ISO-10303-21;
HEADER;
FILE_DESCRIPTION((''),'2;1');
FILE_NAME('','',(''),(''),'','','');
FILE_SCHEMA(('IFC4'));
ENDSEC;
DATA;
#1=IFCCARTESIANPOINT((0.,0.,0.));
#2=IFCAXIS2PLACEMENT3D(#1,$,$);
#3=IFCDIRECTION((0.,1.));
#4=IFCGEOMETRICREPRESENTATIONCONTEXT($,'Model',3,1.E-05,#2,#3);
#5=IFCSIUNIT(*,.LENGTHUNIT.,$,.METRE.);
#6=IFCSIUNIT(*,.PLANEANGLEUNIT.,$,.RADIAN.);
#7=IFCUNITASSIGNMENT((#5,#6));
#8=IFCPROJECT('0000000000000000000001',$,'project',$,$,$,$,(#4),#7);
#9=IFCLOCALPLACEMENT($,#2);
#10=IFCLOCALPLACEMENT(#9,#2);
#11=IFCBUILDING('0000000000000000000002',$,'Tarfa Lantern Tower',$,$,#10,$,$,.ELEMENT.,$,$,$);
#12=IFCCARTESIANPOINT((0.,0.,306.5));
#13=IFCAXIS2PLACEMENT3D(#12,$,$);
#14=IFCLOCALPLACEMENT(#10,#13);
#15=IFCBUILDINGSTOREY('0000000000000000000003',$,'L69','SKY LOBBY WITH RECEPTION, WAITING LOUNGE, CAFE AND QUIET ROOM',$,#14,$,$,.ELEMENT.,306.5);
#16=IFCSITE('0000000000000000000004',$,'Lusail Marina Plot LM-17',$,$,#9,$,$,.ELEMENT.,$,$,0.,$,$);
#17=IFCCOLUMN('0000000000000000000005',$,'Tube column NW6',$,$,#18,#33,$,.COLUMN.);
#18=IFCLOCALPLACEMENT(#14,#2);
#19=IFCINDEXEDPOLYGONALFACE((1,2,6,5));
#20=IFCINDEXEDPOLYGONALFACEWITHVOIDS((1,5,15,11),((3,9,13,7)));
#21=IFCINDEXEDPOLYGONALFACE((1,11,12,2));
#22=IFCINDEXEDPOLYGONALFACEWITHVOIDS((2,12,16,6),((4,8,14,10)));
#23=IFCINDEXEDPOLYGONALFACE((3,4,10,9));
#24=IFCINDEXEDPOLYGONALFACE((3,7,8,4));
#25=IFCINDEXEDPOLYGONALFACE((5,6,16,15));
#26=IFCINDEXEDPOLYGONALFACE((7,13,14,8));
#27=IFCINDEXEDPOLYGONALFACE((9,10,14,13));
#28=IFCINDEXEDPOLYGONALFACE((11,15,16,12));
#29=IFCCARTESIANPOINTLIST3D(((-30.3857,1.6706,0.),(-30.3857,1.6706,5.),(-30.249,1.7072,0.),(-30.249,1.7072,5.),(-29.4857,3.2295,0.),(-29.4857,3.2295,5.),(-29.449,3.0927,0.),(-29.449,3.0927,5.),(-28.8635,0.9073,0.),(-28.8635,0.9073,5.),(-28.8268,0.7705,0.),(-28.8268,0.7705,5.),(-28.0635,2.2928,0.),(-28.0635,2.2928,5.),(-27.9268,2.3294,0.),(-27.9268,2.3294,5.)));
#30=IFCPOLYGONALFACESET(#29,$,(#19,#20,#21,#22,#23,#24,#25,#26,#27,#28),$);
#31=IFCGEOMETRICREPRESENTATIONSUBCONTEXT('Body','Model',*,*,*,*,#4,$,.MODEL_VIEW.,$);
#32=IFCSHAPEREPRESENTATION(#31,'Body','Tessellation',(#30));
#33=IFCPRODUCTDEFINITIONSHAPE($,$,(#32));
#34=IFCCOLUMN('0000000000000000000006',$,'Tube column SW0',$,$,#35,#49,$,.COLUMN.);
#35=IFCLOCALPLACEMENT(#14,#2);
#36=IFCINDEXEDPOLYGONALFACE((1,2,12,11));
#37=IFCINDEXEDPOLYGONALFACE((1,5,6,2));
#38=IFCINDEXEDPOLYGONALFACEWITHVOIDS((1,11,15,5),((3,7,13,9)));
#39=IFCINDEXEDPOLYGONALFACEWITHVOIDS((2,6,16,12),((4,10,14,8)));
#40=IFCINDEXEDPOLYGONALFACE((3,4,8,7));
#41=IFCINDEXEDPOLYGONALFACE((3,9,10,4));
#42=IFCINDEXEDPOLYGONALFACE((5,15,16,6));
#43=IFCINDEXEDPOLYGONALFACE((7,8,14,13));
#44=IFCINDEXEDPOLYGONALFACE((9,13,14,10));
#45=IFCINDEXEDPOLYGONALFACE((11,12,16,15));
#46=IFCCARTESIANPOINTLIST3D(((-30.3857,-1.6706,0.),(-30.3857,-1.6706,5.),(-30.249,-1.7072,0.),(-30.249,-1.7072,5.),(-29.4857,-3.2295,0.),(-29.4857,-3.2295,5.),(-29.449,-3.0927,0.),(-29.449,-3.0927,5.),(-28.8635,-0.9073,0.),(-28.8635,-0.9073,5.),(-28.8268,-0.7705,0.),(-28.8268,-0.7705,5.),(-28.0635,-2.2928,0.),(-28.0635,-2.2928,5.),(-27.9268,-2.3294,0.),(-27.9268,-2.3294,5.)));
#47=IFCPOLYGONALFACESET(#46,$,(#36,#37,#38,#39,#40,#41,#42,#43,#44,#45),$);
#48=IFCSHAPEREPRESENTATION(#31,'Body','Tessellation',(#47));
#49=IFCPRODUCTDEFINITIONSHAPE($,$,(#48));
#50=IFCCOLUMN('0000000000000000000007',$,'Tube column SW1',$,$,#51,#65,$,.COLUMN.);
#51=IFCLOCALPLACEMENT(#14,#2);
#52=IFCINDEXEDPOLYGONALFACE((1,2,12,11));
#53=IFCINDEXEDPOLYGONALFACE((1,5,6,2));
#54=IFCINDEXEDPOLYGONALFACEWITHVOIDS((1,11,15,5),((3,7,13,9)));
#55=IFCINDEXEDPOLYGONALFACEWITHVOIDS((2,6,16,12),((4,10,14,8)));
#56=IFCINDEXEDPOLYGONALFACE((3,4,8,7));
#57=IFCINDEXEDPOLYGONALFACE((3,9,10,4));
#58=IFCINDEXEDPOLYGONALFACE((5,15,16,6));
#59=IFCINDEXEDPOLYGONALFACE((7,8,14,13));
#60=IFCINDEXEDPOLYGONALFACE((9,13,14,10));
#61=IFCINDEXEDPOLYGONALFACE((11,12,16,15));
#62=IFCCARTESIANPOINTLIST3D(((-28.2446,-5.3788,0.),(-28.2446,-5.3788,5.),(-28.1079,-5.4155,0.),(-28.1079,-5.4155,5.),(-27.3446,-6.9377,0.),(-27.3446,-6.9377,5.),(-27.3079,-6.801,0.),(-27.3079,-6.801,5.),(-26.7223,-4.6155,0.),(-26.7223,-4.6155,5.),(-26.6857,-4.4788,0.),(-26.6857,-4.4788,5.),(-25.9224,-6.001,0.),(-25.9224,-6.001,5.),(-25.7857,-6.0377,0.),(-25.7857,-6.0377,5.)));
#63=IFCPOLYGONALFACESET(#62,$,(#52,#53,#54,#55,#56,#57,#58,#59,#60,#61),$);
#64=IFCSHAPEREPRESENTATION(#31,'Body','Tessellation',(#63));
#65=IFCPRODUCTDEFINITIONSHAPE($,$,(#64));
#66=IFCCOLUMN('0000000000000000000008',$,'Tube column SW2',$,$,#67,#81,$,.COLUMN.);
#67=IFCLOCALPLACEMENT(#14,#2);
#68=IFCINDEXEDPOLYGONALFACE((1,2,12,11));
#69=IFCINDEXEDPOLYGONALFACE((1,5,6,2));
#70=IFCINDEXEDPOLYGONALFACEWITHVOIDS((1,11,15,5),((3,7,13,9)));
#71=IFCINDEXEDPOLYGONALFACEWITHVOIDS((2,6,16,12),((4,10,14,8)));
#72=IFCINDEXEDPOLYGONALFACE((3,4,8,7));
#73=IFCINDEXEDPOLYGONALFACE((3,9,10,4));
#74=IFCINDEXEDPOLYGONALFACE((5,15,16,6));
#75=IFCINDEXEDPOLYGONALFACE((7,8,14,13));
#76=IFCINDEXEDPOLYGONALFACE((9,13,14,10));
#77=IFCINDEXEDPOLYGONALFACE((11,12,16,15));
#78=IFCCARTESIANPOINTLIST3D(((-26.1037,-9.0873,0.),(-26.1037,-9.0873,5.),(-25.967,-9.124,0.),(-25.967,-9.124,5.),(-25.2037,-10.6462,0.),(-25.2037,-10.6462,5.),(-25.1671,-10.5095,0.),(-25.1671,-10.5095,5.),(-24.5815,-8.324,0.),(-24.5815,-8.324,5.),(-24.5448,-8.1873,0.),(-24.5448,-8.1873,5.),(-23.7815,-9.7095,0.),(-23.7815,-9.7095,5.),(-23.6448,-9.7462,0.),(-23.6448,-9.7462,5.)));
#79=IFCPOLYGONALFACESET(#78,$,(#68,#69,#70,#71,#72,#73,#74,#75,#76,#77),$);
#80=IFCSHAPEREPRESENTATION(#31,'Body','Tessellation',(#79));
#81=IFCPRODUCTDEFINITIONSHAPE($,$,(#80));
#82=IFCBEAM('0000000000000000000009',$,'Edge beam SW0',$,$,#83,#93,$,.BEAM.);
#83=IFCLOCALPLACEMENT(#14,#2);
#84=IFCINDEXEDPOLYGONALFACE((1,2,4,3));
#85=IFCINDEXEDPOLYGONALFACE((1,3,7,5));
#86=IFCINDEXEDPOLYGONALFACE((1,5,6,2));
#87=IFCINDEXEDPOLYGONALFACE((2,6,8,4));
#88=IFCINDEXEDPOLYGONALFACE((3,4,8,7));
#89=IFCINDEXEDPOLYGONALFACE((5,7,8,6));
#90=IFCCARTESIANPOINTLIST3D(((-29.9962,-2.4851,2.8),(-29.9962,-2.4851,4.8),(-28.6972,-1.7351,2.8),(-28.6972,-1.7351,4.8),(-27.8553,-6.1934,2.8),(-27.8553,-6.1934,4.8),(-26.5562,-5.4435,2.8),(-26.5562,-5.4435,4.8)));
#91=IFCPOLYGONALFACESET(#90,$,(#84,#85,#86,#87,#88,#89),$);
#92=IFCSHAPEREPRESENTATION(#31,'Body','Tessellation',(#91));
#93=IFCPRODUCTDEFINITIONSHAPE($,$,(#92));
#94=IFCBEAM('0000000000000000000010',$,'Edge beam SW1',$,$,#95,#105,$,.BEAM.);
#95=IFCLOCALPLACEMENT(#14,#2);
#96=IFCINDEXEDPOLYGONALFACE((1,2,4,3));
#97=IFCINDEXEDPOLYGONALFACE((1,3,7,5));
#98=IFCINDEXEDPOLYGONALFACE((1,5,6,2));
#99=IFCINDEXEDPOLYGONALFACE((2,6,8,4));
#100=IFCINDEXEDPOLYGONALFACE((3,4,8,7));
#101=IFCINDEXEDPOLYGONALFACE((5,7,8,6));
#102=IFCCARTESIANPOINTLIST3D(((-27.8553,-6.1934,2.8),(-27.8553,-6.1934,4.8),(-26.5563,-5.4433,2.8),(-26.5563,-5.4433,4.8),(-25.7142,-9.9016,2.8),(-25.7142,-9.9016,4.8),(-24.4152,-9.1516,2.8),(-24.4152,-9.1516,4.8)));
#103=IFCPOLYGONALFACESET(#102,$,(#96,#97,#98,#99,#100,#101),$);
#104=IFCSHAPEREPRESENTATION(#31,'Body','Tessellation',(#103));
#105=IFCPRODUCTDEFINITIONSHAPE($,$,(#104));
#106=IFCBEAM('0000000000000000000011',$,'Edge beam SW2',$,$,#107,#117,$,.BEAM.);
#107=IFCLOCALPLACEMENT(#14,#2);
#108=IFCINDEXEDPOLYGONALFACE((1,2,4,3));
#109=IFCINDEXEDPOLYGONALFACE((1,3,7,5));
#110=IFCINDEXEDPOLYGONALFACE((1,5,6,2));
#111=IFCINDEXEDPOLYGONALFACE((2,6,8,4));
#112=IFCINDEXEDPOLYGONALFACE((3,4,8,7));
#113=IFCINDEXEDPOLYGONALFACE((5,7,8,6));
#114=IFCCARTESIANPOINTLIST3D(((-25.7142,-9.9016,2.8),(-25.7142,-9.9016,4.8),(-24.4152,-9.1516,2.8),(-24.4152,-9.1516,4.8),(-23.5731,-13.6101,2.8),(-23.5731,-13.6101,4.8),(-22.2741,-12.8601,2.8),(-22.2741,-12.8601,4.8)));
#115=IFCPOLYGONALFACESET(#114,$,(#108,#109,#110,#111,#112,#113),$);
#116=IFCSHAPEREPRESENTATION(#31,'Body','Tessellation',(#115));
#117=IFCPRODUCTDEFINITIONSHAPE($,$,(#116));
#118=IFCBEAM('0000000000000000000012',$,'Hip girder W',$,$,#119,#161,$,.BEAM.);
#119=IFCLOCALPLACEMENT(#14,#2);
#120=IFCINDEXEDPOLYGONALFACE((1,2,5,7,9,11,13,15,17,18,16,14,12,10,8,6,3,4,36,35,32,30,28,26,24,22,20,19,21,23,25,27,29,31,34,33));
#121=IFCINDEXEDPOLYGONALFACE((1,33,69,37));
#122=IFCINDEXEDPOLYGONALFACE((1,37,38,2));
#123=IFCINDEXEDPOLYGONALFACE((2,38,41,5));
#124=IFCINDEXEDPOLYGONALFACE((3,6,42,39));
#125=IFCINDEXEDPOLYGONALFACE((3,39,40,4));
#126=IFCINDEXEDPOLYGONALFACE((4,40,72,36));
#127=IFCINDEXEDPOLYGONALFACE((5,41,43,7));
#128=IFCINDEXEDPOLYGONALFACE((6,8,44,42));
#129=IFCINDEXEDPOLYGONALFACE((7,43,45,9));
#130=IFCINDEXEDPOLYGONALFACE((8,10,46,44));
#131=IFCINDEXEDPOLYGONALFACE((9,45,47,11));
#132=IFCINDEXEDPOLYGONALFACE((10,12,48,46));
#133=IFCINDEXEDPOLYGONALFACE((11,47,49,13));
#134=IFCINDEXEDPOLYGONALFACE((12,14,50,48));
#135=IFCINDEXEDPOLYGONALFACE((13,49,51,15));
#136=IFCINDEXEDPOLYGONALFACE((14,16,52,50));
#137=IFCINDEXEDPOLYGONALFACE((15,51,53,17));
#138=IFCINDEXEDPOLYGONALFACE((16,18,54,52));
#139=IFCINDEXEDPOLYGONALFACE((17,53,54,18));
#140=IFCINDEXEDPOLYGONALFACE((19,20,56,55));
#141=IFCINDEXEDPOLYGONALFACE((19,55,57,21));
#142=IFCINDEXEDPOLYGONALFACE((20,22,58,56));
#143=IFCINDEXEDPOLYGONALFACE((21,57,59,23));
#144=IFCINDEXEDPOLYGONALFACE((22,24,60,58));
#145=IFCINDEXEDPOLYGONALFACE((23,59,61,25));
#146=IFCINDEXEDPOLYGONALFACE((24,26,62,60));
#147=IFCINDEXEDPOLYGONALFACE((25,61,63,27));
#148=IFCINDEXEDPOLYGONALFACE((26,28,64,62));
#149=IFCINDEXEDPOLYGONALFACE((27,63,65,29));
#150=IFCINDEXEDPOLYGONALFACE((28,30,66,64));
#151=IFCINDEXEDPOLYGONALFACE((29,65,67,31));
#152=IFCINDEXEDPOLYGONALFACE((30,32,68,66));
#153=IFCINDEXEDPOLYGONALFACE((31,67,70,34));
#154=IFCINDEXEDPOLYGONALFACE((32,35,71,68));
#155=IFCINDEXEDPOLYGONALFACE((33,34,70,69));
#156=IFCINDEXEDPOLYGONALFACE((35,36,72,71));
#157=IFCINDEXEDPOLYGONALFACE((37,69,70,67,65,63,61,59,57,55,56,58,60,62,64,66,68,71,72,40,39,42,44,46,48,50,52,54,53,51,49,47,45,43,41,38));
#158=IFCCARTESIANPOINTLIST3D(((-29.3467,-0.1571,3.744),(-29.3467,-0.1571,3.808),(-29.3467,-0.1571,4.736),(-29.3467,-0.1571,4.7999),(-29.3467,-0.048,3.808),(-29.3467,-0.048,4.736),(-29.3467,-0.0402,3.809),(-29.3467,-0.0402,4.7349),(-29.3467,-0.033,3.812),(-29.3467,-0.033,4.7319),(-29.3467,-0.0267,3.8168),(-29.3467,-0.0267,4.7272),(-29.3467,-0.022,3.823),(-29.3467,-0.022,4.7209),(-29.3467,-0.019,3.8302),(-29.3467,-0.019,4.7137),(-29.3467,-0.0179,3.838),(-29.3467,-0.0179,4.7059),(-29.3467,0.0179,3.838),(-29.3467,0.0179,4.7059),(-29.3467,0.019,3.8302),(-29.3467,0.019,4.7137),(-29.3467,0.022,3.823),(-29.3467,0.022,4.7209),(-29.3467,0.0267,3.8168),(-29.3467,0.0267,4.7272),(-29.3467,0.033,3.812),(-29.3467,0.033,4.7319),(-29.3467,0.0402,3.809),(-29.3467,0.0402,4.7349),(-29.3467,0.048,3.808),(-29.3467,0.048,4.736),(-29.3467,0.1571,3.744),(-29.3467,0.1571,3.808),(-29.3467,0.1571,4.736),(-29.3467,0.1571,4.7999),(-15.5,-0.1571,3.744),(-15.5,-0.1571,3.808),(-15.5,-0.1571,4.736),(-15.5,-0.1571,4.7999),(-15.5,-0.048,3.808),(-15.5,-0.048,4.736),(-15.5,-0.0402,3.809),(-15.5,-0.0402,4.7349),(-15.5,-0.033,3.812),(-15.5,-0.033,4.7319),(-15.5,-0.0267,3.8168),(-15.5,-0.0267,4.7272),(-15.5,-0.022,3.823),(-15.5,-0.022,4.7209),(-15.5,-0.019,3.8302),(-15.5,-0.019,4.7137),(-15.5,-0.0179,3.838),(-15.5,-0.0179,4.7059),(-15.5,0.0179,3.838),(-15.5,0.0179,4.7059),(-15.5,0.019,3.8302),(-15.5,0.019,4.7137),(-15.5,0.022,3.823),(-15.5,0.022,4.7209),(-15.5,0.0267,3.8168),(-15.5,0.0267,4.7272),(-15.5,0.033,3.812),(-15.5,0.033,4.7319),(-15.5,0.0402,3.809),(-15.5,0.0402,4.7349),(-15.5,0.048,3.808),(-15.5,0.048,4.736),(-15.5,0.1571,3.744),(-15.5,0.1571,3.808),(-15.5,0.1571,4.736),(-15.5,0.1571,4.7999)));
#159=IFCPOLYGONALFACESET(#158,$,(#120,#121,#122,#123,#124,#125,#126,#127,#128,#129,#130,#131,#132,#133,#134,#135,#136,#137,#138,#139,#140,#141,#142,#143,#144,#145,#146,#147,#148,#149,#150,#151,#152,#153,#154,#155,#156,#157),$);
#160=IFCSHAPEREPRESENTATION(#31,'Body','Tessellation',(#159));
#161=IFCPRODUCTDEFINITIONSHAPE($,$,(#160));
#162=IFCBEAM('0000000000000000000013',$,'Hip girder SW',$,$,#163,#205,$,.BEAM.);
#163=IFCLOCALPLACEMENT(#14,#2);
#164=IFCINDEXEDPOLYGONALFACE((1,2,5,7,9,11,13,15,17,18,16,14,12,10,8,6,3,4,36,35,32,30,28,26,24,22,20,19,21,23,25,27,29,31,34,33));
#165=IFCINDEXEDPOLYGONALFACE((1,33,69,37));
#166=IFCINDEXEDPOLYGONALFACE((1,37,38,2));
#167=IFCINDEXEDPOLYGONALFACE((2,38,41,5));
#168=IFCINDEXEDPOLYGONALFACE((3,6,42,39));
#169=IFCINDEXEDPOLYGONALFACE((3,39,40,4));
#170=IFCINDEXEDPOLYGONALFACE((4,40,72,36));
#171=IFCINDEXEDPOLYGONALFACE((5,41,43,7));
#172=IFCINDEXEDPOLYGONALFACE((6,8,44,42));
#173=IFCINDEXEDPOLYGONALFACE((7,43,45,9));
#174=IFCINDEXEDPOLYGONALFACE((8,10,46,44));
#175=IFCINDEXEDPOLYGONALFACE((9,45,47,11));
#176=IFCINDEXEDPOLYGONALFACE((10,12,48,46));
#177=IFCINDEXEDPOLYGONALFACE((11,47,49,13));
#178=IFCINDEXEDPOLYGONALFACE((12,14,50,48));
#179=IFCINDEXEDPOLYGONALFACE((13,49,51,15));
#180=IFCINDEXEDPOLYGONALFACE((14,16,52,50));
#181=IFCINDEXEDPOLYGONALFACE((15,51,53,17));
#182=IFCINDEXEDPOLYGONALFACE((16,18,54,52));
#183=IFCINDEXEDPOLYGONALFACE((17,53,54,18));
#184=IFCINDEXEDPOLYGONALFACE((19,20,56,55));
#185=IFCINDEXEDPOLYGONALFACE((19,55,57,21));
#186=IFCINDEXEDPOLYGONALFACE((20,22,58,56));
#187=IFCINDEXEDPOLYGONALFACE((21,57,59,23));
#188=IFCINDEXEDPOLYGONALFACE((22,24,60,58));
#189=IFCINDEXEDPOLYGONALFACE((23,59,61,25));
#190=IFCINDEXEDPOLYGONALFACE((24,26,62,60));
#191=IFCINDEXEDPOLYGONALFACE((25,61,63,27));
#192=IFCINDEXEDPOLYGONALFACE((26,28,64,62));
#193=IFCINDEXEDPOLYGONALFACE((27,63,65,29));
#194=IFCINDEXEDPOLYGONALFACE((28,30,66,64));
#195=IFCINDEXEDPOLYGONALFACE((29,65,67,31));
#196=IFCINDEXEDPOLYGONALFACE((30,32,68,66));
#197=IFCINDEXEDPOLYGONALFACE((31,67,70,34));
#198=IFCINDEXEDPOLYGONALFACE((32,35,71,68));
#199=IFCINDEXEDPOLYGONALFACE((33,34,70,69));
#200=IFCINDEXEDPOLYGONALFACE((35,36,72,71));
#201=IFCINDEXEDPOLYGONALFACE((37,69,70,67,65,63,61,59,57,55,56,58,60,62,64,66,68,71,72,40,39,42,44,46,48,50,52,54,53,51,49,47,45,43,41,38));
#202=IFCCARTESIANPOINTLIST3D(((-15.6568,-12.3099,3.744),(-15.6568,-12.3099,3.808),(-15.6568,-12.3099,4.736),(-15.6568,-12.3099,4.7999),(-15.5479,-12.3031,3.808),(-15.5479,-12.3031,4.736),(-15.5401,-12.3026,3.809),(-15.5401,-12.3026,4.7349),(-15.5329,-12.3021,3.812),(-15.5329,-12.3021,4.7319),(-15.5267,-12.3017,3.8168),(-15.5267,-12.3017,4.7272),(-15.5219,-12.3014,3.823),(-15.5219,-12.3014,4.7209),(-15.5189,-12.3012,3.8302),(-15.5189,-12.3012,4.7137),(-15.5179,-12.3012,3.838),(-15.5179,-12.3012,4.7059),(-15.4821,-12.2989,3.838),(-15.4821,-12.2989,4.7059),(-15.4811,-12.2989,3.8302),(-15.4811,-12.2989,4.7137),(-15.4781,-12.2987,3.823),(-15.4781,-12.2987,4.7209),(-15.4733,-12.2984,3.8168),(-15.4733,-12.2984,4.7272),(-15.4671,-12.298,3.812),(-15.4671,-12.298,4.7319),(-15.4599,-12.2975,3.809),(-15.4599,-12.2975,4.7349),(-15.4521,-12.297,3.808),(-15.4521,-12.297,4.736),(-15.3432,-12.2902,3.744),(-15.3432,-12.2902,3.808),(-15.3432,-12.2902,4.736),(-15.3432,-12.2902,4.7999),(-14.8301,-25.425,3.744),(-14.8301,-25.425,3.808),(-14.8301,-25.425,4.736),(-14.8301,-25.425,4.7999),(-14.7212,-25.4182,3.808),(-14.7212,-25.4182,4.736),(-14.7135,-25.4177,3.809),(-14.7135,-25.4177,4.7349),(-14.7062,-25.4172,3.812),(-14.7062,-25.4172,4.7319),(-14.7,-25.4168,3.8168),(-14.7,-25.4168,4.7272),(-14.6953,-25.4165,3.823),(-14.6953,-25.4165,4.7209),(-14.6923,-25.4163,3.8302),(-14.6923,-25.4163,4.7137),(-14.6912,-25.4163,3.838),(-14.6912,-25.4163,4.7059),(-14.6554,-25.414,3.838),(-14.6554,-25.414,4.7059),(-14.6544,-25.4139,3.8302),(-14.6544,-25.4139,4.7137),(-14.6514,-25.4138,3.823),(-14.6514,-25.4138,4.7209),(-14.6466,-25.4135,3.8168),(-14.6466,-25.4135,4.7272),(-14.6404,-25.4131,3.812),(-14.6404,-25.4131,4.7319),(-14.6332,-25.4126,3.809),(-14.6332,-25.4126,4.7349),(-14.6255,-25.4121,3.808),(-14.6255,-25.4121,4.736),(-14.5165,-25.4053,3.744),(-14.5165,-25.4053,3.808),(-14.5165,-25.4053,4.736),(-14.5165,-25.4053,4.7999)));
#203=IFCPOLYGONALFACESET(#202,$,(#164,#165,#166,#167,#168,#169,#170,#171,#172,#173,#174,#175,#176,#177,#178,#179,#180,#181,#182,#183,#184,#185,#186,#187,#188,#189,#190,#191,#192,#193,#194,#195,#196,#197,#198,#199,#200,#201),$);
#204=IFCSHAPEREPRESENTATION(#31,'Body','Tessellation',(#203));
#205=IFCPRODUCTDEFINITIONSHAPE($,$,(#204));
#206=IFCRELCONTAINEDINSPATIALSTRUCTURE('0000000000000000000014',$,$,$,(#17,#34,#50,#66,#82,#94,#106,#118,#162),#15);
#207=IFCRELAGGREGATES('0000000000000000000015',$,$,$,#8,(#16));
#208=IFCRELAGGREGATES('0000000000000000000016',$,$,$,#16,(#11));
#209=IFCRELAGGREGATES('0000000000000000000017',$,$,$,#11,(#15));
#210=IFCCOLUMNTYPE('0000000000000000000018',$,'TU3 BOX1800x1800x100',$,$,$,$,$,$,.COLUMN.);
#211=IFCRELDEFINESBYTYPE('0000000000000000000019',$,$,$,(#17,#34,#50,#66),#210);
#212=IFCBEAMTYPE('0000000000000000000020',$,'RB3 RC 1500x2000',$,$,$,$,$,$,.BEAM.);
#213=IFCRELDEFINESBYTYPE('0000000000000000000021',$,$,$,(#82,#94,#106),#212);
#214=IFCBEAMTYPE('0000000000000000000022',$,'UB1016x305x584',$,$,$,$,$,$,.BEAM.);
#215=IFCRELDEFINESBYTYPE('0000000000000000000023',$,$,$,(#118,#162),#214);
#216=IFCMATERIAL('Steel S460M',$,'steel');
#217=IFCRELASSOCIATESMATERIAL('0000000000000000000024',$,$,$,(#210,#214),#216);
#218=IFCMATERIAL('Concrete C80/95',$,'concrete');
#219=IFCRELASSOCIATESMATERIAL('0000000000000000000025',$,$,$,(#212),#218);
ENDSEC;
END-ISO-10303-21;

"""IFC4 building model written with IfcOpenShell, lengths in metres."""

from ifc_helpers import new_model, si_unit, direction, frame, origin, origin_2d, place, context, subcontext, project, spatial, rectangle, hollow_rectangle, i_section, extrude, material, material_profile, profile_set, type_object, element, save


model = new_model("IFC4")

# Units and contexts
model_context = context("Model", 3, precision=1e-05, world=origin(), true_north=direction((0.0, 1.0)))
body_context = subcontext(model_context, "Body", "Model", "MODEL_VIEW")
ifc_project = project(units=[si_unit("LENGTHUNIT", "METRE"), si_unit("PLANEANGLEUNIT", "RADIAN")], contexts=[model_context])

# Site, building, storey
site_placement = place(None, origin())
site = spatial("IfcSite", under=ifc_project, at=site_placement, Name="Lusail Marina Plot LM-17", CompositionType="ELEMENT", RefElevation=0.0)
building_placement = place(site_placement, origin())
building = spatial("IfcBuilding", under=site, at=building_placement, Name="Tarfa Lantern Tower", CompositionType="ELEMENT")
storey_placement = place(building_placement, frame((0.0, 0.0, 306.5)))
storey = spatial("IfcBuildingStorey", under=building, at=storey_placement, Name="L69", Description="SKY LOBBY WITH RECEPTION, WAITING LOUNGE, CAFE AND QUIET ROOM", CompositionType="ELEMENT", Elevation=306.5)

# Columns
ifc_material_1 = material(Name="Steel S460M", Category="steel")
ifc_material_profile_1 = material_profile(ifc_material_1, hollow_rectangle(XDim=1.8, YDim=1.8, WallThickness=0.1001, at=origin_2d()), Name="BOX1800x1800x100")
ifc_profile_set_1 = profile_set([ifc_material_profile_1], Name="Steel S460M")
column_type = type_object("IfcColumnType", Name="TU3 BOX1800x1800x100", PredefinedType="COLUMN", material=ifc_profile_set_1)
for number, where, z_axis, x_axis, name in (
    (1, (-29.1562, 2.0, 0.0), (0.0, 0.0, 1.0), (-0.5, -0.866025, 0.0), "Tube column NW6"),
    (2, (-29.1562, -2.0, 0.0), (0.0, 0.0, 1.0), (0.5, -0.866025, 0.0), "Tube column SW0"),
    (3, (-27.0151, -5.7083, 0.0), (0.0, 0.0, 1.0), (0.5, -0.866025, 0.0), "Tube column SW1"),
    (4, (-24.8743, -9.4167, 0.0), (0.0, 0.0, 1.0), (0.5, -0.866025, 0.0), "Tube column SW2"),
):
    element("IfcColumn", number, at=place(storey_placement, frame(where, z_axis=z_axis, x_axis=x_axis)), inside=storey, type_object=column_type, Name=name, PredefinedType="COLUMN", context=body_context, shape_type="SweptSolid", body=[
        extrude(hollow_rectangle(XDim=1.8, YDim=1.8, WallThickness=0.1001, at=origin_2d()), origin(), (0.0, 0.0, 1.0), 5.0),
    ])

# Beams
ifc_material_2 = material(Name="Concrete C80/95", Category="concrete")
ifc_material_profile_2 = material_profile(ifc_material_2, rectangle(XDim=1.5, YDim=2.0, at=origin_2d()), Name="RC 1500x2000")
ifc_profile_set_2 = profile_set([ifc_material_profile_2], Name="Concrete C80/95")
beam_type_1 = type_object("IfcBeamType", Name="RB3 RC 1500x2000", PredefinedType="BEAM", material=ifc_profile_set_2)
for number, where, z_axis, x_axis, name in (
    (5, (-29.3467, -2.1101, 3.8), (0.499984, -0.866035, 0.0), (0.866035, 0.499984, 0.0), "Edge beam SW0"),
    (6, (-27.2058, -5.8184, 3.8), (0.500027, -0.86601, 0.0), (0.86601, 0.500027, 0.0), "Edge beam SW1"),
):
    element("IfcBeam", number, at=place(storey_placement, frame(where, z_axis=z_axis, x_axis=x_axis)), inside=storey, type_object=beam_type_1, Name=name, PredefinedType="BEAM", context=body_context, shape_type="SweptSolid", body=[
        extrude(rectangle(XDim=1.5, YDim=2.0, at=origin_2d()), origin(), (0.0, 0.0, 1.0), 4.282),
    ])
beam_1_placement = place(storey_placement, frame((-25.0647, -9.5266, 3.8), z_axis=(0.500002, -0.866024, 0.0), x_axis=(0.866024, 0.500002, 0.0)))
element("IfcBeam", 7, at=beam_1_placement, inside=storey, type_object=beam_type_1, Name="Edge beam SW2", PredefinedType="BEAM", context=body_context, shape_type="SweptSolid", body=[
    extrude(rectangle(XDim=1.5, YDim=2.0, at=origin_2d()), origin(), (0.0, 0.0, 1.0), 4.2822),
])
ifc_material_profile_3 = material_profile(ifc_material_1, i_section(OverallWidth=0.3142, OverallDepth=1.0559, WebThickness=0.0359, FlangeThickness=0.064, FilletRadius=0.03, at=origin_2d()), Name="UB1016x305x584")
ifc_profile_set_3 = profile_set([ifc_material_profile_3], Name="Steel S460M")
beam_type_2 = type_object("IfcBeamType", Name="UB1016x305x584", PredefinedType="BEAM", material=ifc_profile_set_3)
beam_2_placement = place(storey_placement, frame((-15.5, 0.0, 4.272), z_axis=(-1.0, 0.0, 0.0), x_axis=(0.0, -1.0, 0.0)))
element("IfcBeam", 8, at=beam_2_placement, inside=storey, type_object=beam_type_2, Name="Hip girder W", PredefinedType="BEAM", context=body_context, shape_type="SweptSolid", body=[
    extrude(i_section(OverallWidth=0.3142, OverallDepth=1.0559, WebThickness=0.0359, FlangeThickness=0.064, FilletRadius=0.03, at=origin_2d()), origin(), (0.0, 0.0, 1.0), 13.8467),
])
beam_3_placement = place(storey_placement, frame((-15.5, -12.3, 4.272), z_axis=(0.062907, -0.998019, 0.0), x_axis=(0.998019, 0.062907, 0.0)))
element("IfcBeam", 9, at=beam_3_placement, inside=storey, type_object=beam_type_2, Name="Hip girder SW", PredefinedType="BEAM", context=body_context, shape_type="SweptSolid", body=[
    extrude(i_section(OverallWidth=0.3142, OverallDepth=1.0559, WebThickness=0.0359, FlangeThickness=0.064, FilletRadius=0.03, at=origin_2d()), origin(), (0.0, 0.0, 1.0), 13.1411),
])

save(model, "model.ifc")
